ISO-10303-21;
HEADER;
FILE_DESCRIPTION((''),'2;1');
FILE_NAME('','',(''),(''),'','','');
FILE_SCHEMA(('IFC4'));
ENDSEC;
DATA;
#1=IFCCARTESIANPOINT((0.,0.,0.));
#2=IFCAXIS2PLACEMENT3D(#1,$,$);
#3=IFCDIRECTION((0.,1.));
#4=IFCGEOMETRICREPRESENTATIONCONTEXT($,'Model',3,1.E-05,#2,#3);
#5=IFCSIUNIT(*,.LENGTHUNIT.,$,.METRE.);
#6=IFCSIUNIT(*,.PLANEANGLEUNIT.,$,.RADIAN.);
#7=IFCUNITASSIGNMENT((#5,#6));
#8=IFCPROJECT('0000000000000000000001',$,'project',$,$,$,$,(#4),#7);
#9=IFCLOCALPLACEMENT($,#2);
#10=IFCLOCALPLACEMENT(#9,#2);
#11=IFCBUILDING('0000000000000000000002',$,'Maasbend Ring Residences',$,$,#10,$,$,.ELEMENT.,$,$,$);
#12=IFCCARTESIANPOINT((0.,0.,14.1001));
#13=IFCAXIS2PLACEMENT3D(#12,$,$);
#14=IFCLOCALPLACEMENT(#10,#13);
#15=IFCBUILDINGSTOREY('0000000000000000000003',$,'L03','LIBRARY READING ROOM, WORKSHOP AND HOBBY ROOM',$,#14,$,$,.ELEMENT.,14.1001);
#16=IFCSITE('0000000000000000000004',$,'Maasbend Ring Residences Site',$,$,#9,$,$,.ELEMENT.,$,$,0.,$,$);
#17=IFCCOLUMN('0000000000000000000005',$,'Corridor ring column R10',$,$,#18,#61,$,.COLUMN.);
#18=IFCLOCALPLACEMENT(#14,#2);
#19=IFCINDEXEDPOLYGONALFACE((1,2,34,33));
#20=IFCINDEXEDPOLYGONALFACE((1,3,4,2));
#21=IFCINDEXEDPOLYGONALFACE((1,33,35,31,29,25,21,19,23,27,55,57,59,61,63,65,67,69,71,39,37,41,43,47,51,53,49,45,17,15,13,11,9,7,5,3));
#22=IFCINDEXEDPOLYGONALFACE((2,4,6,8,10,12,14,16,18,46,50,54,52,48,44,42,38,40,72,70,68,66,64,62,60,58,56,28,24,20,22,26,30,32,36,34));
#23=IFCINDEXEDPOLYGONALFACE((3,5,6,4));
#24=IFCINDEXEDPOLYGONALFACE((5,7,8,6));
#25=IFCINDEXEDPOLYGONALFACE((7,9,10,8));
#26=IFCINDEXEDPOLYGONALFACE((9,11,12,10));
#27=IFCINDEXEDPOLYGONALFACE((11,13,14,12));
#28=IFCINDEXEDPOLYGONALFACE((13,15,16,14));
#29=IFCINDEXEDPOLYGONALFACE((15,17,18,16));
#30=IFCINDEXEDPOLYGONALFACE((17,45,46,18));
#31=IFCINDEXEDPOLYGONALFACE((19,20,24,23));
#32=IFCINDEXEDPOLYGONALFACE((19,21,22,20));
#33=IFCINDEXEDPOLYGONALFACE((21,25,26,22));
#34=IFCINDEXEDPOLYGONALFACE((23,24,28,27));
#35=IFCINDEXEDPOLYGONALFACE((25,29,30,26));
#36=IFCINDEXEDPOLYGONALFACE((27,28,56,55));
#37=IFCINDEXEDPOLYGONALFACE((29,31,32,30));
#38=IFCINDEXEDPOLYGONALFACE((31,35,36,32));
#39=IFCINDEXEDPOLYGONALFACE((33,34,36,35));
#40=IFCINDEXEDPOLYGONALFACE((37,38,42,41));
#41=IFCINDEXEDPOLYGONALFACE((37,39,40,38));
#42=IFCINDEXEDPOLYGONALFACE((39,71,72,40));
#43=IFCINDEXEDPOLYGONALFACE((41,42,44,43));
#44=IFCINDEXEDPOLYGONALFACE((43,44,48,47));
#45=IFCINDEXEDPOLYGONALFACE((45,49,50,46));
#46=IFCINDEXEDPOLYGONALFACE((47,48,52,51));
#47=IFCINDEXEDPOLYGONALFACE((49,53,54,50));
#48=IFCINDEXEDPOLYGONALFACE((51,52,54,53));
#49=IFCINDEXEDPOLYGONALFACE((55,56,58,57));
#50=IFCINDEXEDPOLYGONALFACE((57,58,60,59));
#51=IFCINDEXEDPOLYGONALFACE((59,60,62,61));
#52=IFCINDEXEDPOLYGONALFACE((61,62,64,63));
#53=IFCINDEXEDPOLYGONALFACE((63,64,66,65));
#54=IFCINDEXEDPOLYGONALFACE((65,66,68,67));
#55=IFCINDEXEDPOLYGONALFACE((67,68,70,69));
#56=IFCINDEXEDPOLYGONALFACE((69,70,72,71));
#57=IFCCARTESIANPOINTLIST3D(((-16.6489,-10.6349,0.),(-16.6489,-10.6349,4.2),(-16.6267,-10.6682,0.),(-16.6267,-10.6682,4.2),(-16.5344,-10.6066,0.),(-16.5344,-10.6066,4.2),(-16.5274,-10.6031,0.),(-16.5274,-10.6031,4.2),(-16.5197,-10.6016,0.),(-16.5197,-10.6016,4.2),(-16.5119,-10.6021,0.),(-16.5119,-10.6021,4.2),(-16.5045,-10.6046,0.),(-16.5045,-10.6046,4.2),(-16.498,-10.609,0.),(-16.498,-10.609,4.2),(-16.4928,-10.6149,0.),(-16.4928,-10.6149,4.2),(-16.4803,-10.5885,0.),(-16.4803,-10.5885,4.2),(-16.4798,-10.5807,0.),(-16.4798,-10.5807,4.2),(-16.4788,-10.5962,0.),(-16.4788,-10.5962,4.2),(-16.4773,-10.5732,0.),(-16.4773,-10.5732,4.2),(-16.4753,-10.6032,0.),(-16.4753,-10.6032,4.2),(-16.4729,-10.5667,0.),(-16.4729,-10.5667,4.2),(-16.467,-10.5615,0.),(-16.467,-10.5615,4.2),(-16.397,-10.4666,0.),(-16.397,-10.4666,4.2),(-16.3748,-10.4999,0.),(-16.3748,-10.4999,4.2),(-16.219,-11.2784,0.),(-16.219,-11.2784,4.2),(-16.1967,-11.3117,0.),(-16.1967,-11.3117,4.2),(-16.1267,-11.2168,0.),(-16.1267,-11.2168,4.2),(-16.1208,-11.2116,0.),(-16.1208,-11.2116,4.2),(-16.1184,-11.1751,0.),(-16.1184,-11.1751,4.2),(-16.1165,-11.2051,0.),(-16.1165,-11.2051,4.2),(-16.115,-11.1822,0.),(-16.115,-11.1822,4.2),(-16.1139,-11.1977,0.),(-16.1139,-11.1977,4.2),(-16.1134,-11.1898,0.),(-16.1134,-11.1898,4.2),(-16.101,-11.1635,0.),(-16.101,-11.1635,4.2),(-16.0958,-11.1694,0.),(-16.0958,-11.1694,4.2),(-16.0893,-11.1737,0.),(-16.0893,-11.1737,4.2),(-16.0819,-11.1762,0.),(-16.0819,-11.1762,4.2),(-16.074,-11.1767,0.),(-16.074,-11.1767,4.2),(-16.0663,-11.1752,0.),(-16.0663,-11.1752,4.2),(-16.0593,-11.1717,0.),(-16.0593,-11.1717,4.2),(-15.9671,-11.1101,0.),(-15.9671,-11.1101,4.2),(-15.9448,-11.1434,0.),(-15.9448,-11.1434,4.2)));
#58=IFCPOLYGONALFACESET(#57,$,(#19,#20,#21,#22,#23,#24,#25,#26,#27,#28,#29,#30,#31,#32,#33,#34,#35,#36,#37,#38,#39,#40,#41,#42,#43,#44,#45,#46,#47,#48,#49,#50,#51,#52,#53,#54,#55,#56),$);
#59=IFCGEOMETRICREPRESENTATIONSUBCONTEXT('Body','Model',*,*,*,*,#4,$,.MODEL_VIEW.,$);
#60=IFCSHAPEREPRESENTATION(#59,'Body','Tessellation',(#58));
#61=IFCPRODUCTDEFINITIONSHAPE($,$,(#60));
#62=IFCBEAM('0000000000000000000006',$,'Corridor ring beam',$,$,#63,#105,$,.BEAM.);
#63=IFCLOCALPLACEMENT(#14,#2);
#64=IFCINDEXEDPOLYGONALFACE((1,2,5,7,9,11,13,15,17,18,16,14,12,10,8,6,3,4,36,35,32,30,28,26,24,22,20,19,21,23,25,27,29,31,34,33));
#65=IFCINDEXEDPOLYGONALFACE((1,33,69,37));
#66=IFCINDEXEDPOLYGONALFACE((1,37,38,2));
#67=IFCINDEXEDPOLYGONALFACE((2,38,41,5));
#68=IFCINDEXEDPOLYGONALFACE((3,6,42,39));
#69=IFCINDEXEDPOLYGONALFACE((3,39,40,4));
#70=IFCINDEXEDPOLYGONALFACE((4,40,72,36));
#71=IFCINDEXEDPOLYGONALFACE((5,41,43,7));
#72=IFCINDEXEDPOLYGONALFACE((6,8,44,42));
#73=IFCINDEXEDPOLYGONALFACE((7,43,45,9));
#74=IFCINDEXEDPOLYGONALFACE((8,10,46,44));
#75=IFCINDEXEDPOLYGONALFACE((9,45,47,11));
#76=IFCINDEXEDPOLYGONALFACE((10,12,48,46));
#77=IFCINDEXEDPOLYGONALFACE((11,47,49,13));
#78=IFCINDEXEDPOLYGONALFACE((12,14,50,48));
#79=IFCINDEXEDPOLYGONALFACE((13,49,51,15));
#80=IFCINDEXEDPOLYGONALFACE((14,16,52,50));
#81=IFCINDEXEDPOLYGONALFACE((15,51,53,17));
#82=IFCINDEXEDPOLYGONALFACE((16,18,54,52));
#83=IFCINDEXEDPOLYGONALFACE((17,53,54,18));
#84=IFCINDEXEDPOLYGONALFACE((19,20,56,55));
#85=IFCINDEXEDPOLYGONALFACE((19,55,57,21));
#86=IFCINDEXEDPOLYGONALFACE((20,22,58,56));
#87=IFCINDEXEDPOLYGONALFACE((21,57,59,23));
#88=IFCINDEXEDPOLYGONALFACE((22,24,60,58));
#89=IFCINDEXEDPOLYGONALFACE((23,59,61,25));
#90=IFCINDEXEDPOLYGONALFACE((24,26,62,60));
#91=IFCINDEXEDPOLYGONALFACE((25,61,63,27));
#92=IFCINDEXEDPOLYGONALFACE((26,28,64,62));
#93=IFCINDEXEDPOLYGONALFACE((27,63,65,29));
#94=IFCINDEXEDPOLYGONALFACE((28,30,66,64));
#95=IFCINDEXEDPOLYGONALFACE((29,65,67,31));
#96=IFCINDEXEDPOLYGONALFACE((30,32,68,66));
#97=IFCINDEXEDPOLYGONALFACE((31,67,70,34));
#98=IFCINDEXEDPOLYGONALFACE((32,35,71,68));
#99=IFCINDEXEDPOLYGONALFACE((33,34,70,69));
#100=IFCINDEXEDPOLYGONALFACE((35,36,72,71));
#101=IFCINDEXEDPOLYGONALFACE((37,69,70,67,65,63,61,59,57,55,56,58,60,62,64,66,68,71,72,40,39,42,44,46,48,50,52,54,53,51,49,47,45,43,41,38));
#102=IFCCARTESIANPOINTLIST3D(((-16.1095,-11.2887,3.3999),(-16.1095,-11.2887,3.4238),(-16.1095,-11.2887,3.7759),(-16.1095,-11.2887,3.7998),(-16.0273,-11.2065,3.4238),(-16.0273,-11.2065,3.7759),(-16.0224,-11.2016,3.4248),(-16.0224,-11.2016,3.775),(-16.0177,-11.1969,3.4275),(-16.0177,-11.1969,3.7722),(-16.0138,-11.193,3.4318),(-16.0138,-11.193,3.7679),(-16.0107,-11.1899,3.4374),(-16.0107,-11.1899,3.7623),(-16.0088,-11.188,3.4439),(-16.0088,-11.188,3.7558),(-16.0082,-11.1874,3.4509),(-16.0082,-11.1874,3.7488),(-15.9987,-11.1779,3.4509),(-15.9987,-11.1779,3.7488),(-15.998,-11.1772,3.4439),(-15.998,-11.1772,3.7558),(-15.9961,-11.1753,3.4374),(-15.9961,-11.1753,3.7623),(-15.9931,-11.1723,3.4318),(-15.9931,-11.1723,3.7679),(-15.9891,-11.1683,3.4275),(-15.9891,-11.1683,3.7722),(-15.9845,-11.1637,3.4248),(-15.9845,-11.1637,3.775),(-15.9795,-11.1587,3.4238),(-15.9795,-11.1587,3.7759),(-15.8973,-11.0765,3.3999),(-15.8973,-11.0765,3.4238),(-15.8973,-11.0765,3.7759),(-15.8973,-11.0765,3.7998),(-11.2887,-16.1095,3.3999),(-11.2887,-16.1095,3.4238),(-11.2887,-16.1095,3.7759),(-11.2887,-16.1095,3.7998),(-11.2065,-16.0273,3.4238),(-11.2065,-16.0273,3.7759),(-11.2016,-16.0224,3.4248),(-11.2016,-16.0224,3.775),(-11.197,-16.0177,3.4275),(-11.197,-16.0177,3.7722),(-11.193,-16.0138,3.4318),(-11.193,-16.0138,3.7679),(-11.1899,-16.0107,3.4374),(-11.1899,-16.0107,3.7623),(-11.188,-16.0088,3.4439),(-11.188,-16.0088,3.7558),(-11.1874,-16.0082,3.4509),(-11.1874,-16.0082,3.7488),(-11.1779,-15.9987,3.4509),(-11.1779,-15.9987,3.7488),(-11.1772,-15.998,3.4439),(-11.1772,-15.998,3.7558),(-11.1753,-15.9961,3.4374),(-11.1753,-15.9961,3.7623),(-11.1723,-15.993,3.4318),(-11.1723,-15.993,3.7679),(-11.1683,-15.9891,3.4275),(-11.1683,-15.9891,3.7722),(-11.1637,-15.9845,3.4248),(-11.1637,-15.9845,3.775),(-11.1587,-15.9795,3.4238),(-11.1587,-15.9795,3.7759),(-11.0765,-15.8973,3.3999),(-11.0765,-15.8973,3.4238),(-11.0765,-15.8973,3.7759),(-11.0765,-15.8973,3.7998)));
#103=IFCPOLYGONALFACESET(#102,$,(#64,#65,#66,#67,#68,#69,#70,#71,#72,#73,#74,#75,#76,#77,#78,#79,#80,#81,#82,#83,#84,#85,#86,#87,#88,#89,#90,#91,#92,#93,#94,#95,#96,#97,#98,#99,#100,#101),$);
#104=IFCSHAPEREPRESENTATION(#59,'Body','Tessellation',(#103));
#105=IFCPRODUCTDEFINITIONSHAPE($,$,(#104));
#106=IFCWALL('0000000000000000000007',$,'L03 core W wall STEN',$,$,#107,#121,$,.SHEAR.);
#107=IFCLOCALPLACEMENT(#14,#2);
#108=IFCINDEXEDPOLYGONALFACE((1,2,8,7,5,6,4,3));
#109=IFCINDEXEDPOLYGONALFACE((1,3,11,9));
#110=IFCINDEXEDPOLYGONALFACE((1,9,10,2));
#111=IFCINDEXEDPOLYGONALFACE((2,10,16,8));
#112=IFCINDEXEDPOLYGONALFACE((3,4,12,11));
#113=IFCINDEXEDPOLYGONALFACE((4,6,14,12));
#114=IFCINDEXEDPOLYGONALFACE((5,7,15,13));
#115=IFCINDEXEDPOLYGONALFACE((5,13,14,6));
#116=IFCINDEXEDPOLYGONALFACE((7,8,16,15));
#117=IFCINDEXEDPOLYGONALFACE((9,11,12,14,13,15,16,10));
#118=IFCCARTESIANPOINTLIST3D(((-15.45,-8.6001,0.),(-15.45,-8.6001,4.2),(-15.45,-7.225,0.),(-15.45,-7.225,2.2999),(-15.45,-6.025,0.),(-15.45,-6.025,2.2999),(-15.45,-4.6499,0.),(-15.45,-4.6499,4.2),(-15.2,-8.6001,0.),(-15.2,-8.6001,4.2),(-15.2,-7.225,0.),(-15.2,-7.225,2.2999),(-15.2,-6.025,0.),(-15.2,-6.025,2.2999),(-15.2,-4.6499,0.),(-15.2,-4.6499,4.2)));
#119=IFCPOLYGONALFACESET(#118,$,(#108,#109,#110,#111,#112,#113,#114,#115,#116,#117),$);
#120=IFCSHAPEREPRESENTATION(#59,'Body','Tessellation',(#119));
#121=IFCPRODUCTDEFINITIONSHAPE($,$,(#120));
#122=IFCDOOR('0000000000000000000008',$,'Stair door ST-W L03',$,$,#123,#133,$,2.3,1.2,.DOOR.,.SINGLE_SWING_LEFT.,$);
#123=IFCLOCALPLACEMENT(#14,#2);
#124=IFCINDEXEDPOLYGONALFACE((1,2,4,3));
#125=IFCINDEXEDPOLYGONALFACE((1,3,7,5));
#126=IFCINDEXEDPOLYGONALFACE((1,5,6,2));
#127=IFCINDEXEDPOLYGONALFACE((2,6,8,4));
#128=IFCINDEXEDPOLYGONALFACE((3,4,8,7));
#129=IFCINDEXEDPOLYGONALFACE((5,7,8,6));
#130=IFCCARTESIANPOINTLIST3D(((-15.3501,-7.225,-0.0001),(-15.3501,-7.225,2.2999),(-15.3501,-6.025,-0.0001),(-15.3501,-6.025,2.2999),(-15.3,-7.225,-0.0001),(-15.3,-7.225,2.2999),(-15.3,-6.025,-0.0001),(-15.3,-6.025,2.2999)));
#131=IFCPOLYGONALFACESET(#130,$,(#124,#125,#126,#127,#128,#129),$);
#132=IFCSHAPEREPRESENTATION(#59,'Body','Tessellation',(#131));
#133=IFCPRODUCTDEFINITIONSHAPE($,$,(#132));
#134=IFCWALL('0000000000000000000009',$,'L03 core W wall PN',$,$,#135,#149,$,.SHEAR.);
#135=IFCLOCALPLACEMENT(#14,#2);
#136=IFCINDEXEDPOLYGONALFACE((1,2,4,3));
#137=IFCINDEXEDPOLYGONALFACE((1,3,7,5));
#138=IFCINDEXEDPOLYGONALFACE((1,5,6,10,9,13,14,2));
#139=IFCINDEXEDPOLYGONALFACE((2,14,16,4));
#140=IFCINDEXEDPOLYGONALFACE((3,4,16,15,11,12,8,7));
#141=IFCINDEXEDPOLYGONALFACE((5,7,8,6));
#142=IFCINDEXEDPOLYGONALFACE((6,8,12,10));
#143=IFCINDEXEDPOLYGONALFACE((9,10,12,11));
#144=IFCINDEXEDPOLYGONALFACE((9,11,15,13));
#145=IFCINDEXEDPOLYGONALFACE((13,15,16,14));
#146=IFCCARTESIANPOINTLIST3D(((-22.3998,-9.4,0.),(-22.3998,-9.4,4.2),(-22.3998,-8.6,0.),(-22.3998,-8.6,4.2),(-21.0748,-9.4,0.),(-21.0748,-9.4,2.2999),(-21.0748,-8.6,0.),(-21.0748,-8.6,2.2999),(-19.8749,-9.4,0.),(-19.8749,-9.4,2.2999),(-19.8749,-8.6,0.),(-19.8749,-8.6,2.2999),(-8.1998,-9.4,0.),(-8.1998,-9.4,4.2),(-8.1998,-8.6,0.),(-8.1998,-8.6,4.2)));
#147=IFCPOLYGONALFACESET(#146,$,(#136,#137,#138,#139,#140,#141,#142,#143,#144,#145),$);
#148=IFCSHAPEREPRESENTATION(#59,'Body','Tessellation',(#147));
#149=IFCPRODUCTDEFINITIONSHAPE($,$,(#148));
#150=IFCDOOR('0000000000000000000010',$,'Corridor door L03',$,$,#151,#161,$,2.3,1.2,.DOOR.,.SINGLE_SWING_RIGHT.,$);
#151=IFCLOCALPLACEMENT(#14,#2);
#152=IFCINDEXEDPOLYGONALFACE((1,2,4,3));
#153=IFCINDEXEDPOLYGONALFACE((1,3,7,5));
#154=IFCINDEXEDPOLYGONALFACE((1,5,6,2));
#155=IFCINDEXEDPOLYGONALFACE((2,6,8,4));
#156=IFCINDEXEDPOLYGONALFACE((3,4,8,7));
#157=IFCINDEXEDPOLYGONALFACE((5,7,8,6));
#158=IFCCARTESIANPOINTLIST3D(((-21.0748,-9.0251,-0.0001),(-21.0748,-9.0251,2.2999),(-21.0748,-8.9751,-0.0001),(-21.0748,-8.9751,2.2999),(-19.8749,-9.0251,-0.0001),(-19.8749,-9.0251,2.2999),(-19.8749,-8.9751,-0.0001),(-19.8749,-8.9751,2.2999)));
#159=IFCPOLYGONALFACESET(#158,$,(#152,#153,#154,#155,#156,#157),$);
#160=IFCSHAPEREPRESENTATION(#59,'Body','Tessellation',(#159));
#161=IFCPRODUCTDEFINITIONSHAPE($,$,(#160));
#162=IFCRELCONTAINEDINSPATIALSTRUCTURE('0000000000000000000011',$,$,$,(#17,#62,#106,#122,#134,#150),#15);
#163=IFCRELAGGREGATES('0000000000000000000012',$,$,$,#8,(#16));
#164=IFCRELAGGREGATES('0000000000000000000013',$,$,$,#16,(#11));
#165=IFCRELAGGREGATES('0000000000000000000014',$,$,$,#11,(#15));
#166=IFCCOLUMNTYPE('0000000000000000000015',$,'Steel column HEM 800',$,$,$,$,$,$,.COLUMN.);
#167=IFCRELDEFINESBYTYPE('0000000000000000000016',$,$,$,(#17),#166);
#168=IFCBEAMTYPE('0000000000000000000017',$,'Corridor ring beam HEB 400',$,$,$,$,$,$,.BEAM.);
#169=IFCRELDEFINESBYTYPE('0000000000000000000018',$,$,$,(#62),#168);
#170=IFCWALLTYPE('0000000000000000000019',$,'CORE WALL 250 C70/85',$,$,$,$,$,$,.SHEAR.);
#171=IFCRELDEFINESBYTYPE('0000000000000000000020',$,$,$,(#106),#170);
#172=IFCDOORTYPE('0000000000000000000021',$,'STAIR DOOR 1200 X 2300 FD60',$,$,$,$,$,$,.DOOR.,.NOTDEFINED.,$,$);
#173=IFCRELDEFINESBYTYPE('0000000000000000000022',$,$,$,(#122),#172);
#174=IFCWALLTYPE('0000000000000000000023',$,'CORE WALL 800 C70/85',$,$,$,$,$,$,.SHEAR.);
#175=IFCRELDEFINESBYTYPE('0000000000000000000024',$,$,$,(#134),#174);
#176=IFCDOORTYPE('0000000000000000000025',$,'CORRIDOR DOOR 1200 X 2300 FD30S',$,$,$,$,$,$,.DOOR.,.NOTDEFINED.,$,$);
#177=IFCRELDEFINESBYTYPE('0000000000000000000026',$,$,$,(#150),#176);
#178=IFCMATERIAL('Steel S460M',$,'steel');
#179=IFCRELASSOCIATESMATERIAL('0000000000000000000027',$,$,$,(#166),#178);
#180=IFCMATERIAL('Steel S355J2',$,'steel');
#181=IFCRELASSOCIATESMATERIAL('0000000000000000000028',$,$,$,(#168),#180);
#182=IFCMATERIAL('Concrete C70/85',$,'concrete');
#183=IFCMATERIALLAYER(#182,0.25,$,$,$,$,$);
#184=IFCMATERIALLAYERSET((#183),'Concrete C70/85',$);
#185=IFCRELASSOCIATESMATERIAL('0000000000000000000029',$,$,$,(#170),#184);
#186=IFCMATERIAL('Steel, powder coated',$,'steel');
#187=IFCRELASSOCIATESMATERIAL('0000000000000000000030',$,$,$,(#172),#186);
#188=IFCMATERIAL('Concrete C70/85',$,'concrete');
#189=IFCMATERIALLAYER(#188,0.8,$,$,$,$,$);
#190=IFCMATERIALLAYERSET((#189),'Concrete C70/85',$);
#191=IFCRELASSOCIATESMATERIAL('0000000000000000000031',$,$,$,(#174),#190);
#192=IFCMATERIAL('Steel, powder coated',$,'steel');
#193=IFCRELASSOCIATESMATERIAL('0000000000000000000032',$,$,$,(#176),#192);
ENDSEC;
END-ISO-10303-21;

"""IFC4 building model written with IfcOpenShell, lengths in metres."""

from ifc_helpers import new_model, si_unit, direction, frame, frame_2d, origin, origin_2d, place, context, subcontext, project, spatial, rectangle, i_section, extrude, material, layer, layer_set, material_profile, profile_set, type_object, element, fill, save


model = new_model("IFC4")

# Units and contexts
model_context = context("Model", 3, precision=1e-05, world=origin(), true_north=direction((0.0, 1.0)))
body_context = subcontext(model_context, "Body", "Model", "MODEL_VIEW")
ifc_project = project(units=[si_unit("LENGTHUNIT", "METRE"), si_unit("PLANEANGLEUNIT", "RADIAN")], contexts=[model_context])

# Site, building, storey
site_placement = place(None, origin())
site = spatial("IfcSite", under=ifc_project, at=site_placement, Name="Maasbend Ring Residences Site", CompositionType="ELEMENT", RefElevation=0.0)
building_placement = place(site_placement, origin())
building = spatial("IfcBuilding", under=site, at=building_placement, Name="Maasbend Ring Residences", CompositionType="ELEMENT")
storey_placement = place(building_placement, frame((0.0, 0.0, 14.1001)))
storey = spatial("IfcBuildingStorey", under=building, at=storey_placement, Name="L03", Description="LIBRARY READING ROOM, WORKSHOP AND HOBBY ROOM", CompositionType="ELEMENT", Elevation=14.1001)

# Column
ifc_material_1 = material(Name="Steel S460M", Category="steel")
ifc_material_profile_1 = material_profile(ifc_material_1, i_section(OverallWidth=0.303, OverallDepth=0.814, WebThickness=0.021, FlangeThickness=0.04, FilletRadius=0.03, at=origin_2d()), Name="HEM 800")
ifc_profile_set_1 = profile_set([ifc_material_profile_1], Name="Steel S460M")
column_type = type_object("IfcColumnType", Name="Steel column HEM 800", PredefinedType="COLUMN", material=ifc_profile_set_1)
column_placement = place(storey_placement, frame((-16.2969, -10.8892, 0.0), z_axis=(0.0, 0.0, 1.0), x_axis=(-0.83147, -0.55557, 0.0)))
element("IfcColumn", 1, at=column_placement, inside=storey, type_object=column_type, Name="Corridor ring column R10", PredefinedType="COLUMN", context=body_context, shape_type="SweptSolid", body=[
    extrude(i_section(OverallWidth=0.303, OverallDepth=0.814, WebThickness=0.021, FlangeThickness=0.04, FilletRadius=0.03, at=origin_2d()), origin(), (0.0, 0.0, 1.0), 4.2),
])

# Beam
ifc_material_2 = material(Name="Steel S355J2", Category="steel")
ifc_material_profile_2 = material_profile(ifc_material_2, i_section(OverallWidth=0.3, OverallDepth=0.3999, WebThickness=0.0134, FlangeThickness=0.0239, FilletRadius=0.0271, at=origin_2d()), Name="HEB 400")
ifc_profile_set_2 = profile_set([ifc_material_profile_2], Name="Steel S355J2")
beam_type = type_object("IfcBeamType", Name="Corridor ring beam HEB 400", PredefinedType="BEAM", material=ifc_profile_set_2)
beam_placement = place(storey_placement, frame((-16.0034, -11.1826, 3.5999), z_axis=(0.707107, -0.707107, 0.0), x_axis=(0.707107, 0.707107, 0.0)))
element("IfcBeam", 2, at=beam_placement, inside=storey, type_object=beam_type, Name="Corridor ring beam", PredefinedType="BEAM", context=body_context, shape_type="SweptSolid", body=[
    extrude(i_section(OverallWidth=0.3, OverallDepth=0.3999, WebThickness=0.0134, FlangeThickness=0.0239, FilletRadius=0.0271, at=origin_2d()), origin(), (0.0, 0.0, 1.0), 6.8176),
])

# Walls, openings, doors
ifc_material_3 = material(Name="Concrete C70/85", Category="concrete")
ifc_layer_1 = layer(ifc_material_3, 0.25)
ifc_layer_set_1 = layer_set([ifc_layer_1], Name="Concrete C70/85")
wall_type_1 = type_object("IfcWallType", Name="CORE WALL 250 C70/85", PredefinedType="SHEAR", material=ifc_layer_set_1)
wall_1_placement = place(storey_placement, frame((-15.325, -4.6499, 0.0), z_axis=(0.0, 0.0, 1.0), x_axis=(0.0, -1.0, 0.0)))
wall_1 = element("IfcWall", 3, at=wall_1_placement, inside=storey, type_object=wall_type_1, Name="L03 core W wall STEN", PredefinedType="SHEAR", context=body_context, shape_type="SweptSolid", body=[
    extrude(rectangle(XDim=3.9502, YDim=0.25, at=frame_2d((1.9751, 0.0))), origin(), (0.0, 0.0, 1.0), 4.2),
])
opening_1_placement = place(wall_1_placement, frame((1.375, 0.0, 0.0)))
opening_1 = element("IfcOpeningElement", 4, at=opening_1_placement, cuts=wall_1, PredefinedType="OPENING", context=body_context, shape_type="SweptSolid", body=[
    extrude(rectangle(XDim=1.2, YDim=2.3, at=frame_2d((0.6001, 1.1499))), frame((0.0, 0.135, 0.0), z_axis=(0.0, -1.0, 0.0), x_axis=(1.0, 0.0, 0.0)), (0.0, 0.0, 1.0), 0.27),
])
ifc_material_4 = material(Name="Steel, powder coated", Category="steel")
door_type_1 = type_object("IfcDoorType", Name="STAIR DOOR 1200 X 2300 FD60", OperationType="NOTDEFINED", PredefinedType="DOOR", material=ifc_material_4)
door_1_placement = place(opening_1_placement, origin())
door_1 = element("IfcDoor", 5, at=door_1_placement, inside=storey, type_object=door_type_1, Name="Stair door ST-W L03", OperationType="SINGLE_SWING_LEFT", OverallHeight=2.3, OverallWidth=1.2, PredefinedType="DOOR", context=body_context, shape_type="SweptSolid", body=[
    extrude(rectangle(XDim=1.2, YDim=2.3, at=frame_2d((0.6001, 1.1499))), frame((0.0, 0.0249, 0.0), z_axis=(0.0, -1.0, 0.0), x_axis=(1.0, 0.0, 0.0)), (0.0, 0.0, 1.0), 0.05),
])
fill(opening_1, door_1)
ifc_material_5 = material(Name="Concrete C70/85", Category="concrete")
ifc_layer_2 = layer(ifc_material_5, 0.8)
ifc_layer_set_2 = layer_set([ifc_layer_2], Name="Concrete C70/85")
wall_type_2 = type_object("IfcWallType", Name="CORE WALL 800 C70/85", PredefinedType="SHEAR", material=ifc_layer_set_2)
wall_2_placement = place(storey_placement, frame((-22.3999, -9.0, 0.0), z_axis=(0.0, 0.0, 1.0), x_axis=(1.0, 0.0, 0.0)))
wall_2 = element("IfcWall", 6, at=wall_2_placement, inside=storey, type_object=wall_type_2, Name="L03 core W wall PN", PredefinedType="SHEAR", context=body_context, shape_type="SweptSolid", body=[
    extrude(rectangle(XDim=14.2, YDim=0.8, at=frame_2d((7.1001, 0.0))), origin(), (0.0, 0.0, 1.0), 4.2),
])
opening_2_placement = place(wall_2_placement, frame((1.325, 0.0, 0.0)))
opening_2 = element("IfcOpeningElement", 7, at=opening_2_placement, cuts=wall_2, PredefinedType="OPENING", context=body_context, shape_type="SweptSolid", body=[
    extrude(rectangle(XDim=1.2, YDim=2.3, at=frame_2d((0.6001, 1.1499))), frame((0.0, 0.4102, 0.0), z_axis=(0.0, -1.0, 0.0), x_axis=(1.0, 0.0, 0.0)), (0.0, 0.0, 1.0), 0.8201),
])
ifc_material_6 = material(Name="Steel, powder coated", Category="steel")
door_type_2 = type_object("IfcDoorType", Name="CORRIDOR DOOR 1200 X 2300 FD30S", OperationType="NOTDEFINED", PredefinedType="DOOR", material=ifc_material_6)
door_2_placement = place(opening_2_placement, origin())
door_2 = element("IfcDoor", 8, at=door_2_placement, inside=storey, type_object=door_type_2, Name="Corridor door L03", OperationType="SINGLE_SWING_RIGHT", OverallHeight=2.3, OverallWidth=1.2, PredefinedType="DOOR", context=body_context, shape_type="SweptSolid", body=[
    extrude(rectangle(XDim=1.2, YDim=2.3, at=frame_2d((0.6001, 1.1499))), frame((0.0, 0.0249, 0.0), z_axis=(0.0, -1.0, 0.0), x_axis=(1.0, 0.0, 0.0)), (0.0, 0.0, 1.0), 0.05),
])
fill(opening_2, door_2)

save(model, "model.ifc")
